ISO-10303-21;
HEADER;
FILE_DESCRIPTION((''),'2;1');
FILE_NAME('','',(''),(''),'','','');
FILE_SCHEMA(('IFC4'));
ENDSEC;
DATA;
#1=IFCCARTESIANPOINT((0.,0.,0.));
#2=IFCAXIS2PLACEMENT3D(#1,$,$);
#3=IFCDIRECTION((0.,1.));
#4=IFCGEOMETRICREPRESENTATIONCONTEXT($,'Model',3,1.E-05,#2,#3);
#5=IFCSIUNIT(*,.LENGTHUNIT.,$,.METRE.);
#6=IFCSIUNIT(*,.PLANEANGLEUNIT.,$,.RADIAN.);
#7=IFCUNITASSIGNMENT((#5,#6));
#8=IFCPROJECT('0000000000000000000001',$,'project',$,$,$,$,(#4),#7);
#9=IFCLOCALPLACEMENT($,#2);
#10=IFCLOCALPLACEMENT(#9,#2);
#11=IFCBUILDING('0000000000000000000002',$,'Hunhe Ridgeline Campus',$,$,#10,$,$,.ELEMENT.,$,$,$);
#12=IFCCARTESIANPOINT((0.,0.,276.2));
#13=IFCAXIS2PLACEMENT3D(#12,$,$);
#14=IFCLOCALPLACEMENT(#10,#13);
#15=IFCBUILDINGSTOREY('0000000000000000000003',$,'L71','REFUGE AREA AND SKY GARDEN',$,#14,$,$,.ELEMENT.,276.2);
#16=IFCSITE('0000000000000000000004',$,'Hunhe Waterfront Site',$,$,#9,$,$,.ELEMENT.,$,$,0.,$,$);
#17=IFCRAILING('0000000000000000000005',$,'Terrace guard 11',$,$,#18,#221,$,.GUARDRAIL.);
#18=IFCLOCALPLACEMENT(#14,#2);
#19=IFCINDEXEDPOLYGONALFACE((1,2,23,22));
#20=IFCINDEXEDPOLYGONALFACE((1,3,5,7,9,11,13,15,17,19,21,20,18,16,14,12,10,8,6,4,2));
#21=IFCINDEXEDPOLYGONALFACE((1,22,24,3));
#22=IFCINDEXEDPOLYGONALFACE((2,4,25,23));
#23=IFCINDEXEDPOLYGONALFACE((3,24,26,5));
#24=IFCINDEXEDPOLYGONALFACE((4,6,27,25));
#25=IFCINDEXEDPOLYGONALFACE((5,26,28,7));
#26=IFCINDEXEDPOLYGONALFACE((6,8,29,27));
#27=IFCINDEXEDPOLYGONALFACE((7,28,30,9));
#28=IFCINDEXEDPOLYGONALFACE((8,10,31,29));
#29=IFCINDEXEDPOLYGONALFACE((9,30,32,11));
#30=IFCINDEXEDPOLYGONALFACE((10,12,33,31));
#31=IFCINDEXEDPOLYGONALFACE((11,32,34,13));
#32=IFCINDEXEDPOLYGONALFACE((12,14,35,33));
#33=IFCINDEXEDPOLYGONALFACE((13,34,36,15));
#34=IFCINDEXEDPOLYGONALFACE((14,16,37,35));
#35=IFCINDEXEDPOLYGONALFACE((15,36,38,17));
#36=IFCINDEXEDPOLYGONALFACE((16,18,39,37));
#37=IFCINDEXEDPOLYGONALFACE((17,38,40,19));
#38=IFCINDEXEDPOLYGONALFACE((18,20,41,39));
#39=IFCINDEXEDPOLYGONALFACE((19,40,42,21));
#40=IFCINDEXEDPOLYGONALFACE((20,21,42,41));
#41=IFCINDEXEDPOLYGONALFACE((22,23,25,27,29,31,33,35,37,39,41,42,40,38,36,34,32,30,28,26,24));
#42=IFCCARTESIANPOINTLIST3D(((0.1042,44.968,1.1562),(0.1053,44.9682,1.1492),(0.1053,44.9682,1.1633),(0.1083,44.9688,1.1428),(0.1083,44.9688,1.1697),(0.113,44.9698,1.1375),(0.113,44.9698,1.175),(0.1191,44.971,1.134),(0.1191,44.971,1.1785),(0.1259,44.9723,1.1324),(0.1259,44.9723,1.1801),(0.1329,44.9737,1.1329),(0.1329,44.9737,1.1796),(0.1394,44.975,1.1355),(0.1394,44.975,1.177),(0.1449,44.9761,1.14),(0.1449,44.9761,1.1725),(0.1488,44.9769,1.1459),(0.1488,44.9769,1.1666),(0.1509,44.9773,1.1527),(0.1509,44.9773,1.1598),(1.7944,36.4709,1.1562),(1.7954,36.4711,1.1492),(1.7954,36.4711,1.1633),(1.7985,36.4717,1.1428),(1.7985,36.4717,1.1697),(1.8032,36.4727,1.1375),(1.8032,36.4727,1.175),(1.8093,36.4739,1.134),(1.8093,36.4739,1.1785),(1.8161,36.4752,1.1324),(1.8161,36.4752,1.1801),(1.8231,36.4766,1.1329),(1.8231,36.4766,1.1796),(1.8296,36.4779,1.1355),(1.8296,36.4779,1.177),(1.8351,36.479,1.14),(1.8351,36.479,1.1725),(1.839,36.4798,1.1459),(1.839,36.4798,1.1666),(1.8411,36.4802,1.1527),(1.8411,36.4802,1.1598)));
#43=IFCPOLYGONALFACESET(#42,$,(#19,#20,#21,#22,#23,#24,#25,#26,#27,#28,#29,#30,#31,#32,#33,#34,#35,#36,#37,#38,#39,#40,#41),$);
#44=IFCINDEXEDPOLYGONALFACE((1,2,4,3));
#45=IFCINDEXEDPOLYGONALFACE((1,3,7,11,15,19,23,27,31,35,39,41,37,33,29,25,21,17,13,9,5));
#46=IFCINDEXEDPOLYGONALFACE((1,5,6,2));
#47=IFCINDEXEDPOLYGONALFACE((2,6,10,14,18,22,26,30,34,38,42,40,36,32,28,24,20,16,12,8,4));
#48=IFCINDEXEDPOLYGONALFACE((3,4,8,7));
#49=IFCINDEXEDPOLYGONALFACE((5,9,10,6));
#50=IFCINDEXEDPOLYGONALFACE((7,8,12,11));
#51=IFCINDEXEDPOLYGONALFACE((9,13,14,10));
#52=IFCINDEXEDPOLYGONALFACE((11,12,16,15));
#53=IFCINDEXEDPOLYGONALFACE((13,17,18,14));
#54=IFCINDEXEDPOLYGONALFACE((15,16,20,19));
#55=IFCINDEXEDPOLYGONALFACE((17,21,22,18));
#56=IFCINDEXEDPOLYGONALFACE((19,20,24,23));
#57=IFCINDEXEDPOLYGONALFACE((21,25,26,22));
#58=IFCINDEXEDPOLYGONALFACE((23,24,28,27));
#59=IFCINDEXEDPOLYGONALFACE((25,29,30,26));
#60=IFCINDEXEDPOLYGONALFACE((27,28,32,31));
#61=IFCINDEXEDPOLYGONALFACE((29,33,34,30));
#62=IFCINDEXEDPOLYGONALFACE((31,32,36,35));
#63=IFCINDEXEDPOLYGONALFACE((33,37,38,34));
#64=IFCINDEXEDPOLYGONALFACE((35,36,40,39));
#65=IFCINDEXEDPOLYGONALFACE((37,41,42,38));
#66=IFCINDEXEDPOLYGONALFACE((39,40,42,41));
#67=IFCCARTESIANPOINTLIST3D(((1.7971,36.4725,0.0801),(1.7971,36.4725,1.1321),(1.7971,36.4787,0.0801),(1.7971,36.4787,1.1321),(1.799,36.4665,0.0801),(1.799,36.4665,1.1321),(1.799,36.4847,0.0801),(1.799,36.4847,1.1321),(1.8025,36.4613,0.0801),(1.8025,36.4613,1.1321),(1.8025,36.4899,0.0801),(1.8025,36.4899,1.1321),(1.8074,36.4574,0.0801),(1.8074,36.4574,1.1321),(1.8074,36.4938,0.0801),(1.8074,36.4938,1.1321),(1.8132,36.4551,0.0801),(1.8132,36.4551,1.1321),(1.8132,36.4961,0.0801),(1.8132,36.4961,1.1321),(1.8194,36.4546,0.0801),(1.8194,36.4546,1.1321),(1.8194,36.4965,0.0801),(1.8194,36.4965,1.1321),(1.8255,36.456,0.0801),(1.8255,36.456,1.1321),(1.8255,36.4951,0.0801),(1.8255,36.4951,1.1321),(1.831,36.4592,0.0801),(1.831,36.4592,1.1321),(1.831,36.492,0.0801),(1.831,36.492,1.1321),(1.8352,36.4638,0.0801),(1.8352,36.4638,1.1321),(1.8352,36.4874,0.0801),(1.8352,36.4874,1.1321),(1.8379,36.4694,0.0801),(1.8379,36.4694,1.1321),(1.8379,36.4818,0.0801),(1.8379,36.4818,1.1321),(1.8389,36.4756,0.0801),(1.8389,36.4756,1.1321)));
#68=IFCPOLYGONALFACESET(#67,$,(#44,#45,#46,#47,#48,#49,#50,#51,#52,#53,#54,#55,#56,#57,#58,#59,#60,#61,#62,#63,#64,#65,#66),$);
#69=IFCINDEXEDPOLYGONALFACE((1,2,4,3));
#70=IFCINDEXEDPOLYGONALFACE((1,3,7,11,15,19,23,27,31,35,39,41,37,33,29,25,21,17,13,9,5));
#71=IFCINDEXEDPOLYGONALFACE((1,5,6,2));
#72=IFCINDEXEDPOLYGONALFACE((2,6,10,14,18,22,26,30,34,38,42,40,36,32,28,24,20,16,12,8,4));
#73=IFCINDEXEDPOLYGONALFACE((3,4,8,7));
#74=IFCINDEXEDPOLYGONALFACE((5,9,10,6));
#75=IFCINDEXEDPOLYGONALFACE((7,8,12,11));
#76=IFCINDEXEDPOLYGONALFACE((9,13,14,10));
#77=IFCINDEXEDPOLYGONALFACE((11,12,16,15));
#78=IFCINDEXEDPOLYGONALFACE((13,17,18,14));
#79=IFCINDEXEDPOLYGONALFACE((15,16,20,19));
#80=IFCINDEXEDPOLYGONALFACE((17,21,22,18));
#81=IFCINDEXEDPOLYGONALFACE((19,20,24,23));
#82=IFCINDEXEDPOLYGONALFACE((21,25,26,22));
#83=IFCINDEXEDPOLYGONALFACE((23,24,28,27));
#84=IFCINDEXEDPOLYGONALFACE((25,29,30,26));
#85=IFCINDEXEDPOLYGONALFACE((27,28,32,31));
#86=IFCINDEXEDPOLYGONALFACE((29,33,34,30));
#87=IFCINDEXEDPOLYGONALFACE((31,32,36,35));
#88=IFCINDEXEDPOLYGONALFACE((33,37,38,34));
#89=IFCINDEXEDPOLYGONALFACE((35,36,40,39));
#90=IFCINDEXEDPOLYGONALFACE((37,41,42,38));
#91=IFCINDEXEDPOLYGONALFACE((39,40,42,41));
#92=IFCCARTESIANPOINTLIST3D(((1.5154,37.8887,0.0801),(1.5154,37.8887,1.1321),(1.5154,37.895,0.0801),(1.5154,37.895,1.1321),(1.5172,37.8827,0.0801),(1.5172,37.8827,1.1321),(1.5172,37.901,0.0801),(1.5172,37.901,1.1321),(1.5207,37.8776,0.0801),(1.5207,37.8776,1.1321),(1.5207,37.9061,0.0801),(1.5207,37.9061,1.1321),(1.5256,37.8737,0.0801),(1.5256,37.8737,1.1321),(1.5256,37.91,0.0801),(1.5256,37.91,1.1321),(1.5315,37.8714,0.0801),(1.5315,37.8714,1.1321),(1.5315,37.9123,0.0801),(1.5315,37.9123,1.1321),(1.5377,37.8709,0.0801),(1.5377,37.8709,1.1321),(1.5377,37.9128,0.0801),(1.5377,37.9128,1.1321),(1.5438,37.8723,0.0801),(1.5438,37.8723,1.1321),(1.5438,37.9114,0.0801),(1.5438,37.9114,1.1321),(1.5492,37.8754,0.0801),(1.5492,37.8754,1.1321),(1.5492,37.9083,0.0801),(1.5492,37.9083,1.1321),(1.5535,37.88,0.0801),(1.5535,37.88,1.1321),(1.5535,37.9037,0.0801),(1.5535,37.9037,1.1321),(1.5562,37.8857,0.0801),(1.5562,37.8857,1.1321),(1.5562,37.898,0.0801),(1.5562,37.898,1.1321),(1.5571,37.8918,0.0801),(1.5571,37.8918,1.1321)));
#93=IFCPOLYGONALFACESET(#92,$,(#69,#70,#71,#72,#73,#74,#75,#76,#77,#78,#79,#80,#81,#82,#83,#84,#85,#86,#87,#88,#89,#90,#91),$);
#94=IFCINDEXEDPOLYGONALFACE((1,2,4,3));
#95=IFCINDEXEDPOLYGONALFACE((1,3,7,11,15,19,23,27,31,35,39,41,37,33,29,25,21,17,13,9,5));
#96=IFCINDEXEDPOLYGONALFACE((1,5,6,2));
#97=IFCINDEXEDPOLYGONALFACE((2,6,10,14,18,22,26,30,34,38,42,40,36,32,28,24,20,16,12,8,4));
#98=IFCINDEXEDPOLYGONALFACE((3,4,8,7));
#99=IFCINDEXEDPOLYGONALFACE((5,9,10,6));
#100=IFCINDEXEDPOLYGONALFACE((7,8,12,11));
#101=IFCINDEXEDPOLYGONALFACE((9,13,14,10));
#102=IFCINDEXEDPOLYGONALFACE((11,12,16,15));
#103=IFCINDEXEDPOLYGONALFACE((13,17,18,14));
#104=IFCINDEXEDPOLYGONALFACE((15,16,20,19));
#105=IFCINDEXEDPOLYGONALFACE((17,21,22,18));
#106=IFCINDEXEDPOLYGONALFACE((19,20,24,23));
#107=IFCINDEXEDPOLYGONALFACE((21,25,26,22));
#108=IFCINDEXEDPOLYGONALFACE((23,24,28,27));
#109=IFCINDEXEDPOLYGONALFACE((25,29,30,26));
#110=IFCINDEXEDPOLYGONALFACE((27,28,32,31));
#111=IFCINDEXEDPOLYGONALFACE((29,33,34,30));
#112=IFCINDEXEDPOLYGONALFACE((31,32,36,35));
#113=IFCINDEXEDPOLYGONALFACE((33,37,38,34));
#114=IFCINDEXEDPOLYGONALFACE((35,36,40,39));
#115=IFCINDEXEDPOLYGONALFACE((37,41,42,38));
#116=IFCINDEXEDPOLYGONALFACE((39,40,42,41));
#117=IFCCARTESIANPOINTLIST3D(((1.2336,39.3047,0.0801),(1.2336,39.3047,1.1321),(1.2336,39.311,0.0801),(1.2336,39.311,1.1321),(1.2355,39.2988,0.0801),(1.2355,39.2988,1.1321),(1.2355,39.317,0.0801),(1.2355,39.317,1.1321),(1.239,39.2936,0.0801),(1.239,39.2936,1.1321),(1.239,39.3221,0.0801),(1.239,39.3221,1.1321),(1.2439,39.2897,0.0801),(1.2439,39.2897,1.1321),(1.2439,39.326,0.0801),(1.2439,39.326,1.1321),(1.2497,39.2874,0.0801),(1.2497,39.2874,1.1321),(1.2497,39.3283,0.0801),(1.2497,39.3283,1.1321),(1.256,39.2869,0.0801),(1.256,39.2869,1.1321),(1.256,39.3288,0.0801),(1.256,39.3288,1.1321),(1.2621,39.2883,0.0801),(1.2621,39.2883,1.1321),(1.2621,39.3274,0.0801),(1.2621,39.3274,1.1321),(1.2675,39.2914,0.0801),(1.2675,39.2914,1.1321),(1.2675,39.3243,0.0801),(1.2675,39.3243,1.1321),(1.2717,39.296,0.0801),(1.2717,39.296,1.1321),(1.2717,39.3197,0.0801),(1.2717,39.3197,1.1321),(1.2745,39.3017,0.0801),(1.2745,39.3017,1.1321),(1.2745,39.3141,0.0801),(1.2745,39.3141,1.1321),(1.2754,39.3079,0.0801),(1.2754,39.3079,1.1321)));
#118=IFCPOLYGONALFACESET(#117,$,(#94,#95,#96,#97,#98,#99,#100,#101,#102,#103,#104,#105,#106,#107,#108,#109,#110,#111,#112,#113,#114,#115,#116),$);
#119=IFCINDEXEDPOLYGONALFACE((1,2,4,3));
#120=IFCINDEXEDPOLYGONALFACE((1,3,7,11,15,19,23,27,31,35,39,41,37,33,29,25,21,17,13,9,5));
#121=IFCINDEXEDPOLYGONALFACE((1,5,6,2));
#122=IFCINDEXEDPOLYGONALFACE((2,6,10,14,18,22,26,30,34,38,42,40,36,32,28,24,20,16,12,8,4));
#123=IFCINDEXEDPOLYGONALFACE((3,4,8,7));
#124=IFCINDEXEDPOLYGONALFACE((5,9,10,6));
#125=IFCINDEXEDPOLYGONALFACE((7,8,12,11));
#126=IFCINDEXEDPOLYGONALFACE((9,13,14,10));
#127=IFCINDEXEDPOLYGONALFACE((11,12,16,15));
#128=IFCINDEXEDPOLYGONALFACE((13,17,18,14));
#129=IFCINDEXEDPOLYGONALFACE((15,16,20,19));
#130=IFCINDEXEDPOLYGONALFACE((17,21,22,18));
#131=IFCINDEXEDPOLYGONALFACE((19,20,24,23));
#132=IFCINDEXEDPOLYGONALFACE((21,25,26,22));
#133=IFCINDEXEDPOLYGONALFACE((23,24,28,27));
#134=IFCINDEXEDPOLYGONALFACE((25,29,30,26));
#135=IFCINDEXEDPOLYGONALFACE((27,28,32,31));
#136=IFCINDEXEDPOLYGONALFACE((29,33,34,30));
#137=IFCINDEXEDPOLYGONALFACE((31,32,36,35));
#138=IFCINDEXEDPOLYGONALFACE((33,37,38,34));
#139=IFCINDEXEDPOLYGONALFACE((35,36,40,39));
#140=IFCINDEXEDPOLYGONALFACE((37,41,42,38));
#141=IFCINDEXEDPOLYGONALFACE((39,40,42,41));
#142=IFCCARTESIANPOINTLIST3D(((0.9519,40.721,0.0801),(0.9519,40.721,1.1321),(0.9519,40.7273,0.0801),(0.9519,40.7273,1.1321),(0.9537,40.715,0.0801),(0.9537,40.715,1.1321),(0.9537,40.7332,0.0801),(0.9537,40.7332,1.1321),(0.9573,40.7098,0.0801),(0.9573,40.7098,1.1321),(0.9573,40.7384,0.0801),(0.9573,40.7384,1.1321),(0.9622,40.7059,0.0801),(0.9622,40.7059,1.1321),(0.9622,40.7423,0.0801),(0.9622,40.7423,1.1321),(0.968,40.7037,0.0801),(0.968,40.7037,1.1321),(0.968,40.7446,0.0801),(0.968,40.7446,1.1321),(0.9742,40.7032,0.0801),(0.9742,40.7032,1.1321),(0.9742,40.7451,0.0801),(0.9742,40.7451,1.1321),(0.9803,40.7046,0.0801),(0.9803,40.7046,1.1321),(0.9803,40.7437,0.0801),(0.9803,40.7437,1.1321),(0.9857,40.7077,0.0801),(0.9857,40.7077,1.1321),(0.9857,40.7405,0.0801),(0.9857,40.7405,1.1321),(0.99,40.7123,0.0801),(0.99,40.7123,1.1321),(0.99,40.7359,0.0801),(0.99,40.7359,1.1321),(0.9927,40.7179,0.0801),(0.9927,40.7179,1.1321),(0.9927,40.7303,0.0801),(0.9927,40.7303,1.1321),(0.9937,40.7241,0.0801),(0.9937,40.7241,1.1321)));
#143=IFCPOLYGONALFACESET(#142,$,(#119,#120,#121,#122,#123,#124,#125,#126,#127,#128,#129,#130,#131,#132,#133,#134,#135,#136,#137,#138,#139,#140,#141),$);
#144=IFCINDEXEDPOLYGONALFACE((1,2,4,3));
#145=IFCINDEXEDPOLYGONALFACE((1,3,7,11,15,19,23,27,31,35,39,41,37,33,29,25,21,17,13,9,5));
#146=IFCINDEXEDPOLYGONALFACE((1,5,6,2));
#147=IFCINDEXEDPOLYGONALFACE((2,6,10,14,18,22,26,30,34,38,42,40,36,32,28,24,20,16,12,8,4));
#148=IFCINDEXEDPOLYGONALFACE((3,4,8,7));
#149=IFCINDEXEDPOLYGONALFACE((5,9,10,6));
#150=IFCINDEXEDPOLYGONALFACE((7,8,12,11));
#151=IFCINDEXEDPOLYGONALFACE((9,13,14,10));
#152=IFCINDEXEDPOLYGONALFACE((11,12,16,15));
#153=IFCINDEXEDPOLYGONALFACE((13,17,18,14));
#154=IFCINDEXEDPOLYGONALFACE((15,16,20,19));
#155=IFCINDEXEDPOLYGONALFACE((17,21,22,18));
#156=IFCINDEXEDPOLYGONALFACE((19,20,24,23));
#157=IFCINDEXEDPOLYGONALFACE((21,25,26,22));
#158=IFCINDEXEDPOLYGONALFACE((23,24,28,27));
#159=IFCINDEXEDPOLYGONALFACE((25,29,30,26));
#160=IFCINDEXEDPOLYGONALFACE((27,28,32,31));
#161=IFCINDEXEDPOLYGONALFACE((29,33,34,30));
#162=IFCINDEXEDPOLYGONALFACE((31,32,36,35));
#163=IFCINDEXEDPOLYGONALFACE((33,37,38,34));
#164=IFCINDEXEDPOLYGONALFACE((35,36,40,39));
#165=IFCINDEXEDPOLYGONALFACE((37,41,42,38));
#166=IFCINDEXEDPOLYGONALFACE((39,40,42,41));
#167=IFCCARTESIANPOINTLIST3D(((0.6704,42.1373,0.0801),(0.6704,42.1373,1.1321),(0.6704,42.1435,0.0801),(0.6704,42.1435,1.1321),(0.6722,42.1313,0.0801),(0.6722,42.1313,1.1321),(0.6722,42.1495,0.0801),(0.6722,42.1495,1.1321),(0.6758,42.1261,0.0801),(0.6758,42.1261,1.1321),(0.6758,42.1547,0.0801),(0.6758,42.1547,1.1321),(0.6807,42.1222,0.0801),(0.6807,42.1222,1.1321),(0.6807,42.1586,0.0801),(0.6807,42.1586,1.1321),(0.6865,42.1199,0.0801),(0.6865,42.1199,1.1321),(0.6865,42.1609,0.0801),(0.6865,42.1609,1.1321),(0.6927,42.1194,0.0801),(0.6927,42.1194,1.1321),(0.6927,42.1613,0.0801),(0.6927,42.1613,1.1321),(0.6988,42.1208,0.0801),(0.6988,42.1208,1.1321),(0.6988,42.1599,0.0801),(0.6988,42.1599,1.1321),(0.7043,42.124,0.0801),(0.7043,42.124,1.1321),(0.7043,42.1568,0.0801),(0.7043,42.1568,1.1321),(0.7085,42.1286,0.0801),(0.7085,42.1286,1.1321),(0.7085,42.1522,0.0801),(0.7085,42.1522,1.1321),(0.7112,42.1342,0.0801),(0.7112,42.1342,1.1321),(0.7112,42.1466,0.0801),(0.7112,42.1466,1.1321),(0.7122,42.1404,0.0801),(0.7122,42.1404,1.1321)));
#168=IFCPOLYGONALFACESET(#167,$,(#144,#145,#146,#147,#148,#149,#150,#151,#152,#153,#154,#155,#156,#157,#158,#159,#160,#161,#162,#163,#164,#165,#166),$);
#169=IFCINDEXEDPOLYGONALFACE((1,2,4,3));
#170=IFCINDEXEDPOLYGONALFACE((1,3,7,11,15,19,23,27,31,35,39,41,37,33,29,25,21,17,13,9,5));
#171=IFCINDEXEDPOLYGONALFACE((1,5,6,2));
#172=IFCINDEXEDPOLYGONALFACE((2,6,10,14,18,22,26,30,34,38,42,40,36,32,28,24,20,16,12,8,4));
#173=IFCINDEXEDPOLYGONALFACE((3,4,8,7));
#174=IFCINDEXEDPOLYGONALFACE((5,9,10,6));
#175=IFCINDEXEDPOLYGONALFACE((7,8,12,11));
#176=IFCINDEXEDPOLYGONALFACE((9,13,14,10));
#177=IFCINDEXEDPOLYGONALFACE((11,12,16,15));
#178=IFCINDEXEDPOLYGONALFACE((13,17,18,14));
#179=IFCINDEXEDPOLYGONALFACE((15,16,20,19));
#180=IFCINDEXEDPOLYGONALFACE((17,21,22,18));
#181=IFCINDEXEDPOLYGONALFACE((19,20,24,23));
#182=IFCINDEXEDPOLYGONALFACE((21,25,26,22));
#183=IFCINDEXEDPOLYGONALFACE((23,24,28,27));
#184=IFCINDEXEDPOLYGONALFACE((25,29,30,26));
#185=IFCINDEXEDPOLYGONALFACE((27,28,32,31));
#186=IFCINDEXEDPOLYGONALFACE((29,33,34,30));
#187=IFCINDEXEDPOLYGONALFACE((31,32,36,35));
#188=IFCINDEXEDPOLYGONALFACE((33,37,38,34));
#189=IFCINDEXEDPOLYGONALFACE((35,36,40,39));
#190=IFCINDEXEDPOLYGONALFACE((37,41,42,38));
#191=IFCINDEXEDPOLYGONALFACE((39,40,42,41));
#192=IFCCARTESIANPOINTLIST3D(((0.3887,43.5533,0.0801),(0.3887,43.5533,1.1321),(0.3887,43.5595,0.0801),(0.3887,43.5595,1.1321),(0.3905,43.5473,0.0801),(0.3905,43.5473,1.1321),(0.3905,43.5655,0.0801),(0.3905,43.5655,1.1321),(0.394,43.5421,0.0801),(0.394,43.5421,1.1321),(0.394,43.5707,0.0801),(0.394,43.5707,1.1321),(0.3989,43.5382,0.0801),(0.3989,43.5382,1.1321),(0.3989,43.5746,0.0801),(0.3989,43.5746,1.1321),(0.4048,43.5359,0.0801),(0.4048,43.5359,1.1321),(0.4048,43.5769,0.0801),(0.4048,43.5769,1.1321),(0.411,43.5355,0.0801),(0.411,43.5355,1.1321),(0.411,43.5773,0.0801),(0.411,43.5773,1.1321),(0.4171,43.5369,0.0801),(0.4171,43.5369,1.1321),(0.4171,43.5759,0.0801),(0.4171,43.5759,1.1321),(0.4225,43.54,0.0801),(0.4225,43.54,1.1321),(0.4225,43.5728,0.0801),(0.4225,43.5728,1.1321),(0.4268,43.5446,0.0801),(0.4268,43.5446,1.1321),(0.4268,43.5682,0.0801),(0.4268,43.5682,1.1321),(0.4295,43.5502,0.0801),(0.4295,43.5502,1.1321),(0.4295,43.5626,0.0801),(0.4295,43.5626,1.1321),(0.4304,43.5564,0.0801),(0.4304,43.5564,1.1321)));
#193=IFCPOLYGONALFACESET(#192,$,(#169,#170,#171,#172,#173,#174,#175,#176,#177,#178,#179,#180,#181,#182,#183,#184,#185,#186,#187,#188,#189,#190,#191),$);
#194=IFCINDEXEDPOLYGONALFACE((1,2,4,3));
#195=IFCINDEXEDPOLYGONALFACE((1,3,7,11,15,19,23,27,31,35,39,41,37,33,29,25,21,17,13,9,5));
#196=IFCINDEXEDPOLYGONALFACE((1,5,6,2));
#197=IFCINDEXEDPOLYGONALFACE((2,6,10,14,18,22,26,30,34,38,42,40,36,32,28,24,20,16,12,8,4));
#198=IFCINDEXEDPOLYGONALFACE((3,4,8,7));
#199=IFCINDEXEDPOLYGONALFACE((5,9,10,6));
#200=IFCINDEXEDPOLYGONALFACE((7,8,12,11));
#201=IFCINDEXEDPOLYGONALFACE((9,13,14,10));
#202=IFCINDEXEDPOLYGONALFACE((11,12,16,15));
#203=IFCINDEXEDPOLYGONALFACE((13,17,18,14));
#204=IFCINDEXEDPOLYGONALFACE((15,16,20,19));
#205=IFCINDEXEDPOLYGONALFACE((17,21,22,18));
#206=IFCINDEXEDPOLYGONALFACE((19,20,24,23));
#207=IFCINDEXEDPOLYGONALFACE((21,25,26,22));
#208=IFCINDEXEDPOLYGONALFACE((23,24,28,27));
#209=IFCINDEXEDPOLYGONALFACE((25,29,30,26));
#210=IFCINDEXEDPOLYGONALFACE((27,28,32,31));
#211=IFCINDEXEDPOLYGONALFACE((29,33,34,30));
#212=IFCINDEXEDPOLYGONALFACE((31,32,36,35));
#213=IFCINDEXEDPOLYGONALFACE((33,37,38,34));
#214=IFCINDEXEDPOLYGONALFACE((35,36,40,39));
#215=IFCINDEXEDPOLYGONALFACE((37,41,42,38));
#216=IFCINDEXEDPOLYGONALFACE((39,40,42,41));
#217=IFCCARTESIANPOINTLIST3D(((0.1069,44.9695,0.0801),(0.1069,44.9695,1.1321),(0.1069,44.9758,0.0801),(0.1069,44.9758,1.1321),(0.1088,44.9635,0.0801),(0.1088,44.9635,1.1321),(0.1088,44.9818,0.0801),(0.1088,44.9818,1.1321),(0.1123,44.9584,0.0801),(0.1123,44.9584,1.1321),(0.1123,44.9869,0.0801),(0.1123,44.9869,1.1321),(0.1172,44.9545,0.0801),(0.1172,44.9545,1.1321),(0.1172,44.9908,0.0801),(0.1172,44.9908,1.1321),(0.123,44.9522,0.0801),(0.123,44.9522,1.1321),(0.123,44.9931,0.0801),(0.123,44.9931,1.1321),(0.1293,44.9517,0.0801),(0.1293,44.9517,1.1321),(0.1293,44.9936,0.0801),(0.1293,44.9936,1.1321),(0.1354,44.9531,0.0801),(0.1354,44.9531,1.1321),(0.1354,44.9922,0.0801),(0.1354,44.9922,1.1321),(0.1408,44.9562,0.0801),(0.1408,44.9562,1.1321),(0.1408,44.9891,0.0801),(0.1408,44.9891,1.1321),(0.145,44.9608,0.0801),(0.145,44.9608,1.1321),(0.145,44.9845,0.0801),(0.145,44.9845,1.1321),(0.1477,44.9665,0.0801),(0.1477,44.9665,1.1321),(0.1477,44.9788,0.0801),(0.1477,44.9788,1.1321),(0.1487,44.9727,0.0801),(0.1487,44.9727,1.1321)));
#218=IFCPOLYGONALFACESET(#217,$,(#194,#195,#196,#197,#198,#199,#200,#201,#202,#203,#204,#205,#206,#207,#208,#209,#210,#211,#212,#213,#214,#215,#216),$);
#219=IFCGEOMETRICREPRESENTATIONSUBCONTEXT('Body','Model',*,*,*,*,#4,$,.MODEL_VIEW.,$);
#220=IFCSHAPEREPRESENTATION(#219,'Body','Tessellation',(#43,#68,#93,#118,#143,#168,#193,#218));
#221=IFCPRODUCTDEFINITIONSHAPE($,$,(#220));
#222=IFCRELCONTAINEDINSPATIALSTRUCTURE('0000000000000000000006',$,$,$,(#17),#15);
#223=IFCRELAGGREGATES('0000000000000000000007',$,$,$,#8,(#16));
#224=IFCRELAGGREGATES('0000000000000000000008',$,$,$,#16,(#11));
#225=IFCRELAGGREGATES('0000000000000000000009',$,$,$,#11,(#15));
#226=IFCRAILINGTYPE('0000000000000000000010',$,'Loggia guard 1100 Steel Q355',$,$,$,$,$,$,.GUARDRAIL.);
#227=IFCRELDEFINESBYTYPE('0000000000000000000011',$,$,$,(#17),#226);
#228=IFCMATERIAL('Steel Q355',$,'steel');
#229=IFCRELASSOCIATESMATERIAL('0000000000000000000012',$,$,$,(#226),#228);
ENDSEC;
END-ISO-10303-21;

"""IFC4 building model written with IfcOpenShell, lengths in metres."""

from ifc_helpers import new_model, si_unit, direction, frame, origin, origin_2d, place, context, subcontext, project, spatial, circle, extrude, material, type_object, element, save


model = new_model("IFC4")

# Units and contexts
model_context = context("Model", 3, precision=1e-05, world=origin(), true_north=direction((0.0, 1.0)))
body_context = subcontext(model_context, "Body", "Model", "MODEL_VIEW")
ifc_project = project(units=[si_unit("LENGTHUNIT", "METRE"), si_unit("PLANEANGLEUNIT", "RADIAN")], contexts=[model_context])

# Site, building, storey
site_placement = place(None, origin())
site = spatial("IfcSite", under=ifc_project, at=site_placement, Name="Hunhe Waterfront Site", CompositionType="ELEMENT", RefElevation=0.0)
building_placement = place(site_placement, origin())
building = spatial("IfcBuilding", under=site, at=building_placement, Name="Hunhe Ridgeline Campus", CompositionType="ELEMENT")
storey_placement = place(building_placement, frame((0.0, 0.0, 276.2)))
storey = spatial("IfcBuildingStorey", under=building, at=storey_placement, Name="L71", Description="REFUGE AREA AND SKY GARDEN", CompositionType="ELEMENT", Elevation=276.2)

# Railing
ifc_material_1 = material(Name="Steel Q355", Category="steel")
railing_type = type_object("IfcRailingType", Name="Loggia guard 1100 Steel Q355", PredefinedType="GUARDRAIL", material=ifc_material_1)
railing_1_placement = place(storey_placement, frame((1.8179, 36.4756, 0.0801)))
element("IfcRailing", 1, at=railing_1_placement, inside=storey, type_object=railing_type, Name="Terrace guard 11", PredefinedType="GUARDRAIL", context=body_context, shape_type="SweptSolid", body=[
    extrude(circle(Radius=0.0239, at=origin_2d()), frame((0.0, 0.0, 1.0762), z_axis=(-0.195092, 0.980785, 0.0), x_axis=(-0.980785, -0.195092, 0.0)), (0.0, 0.0, 1.0), 8.6636),
    extrude(circle(Radius=0.021, at=origin_2d()), origin(), (0.0, 0.0, 1.0), 1.052),
    extrude(circle(Radius=0.021, at=origin_2d()), frame((-0.2817, 1.4163, 0.0)), (0.0, 0.0, 1.0), 1.052),
    extrude(circle(Radius=0.021, at=origin_2d()), frame((-0.5635, 2.8323, 0.0)), (0.0, 0.0, 1.0), 1.052),
    extrude(circle(Radius=0.021, at=origin_2d()), frame((-0.8452, 4.2485, 0.0)), (0.0, 0.0, 1.0), 1.052),
    extrude(circle(Radius=0.021, at=origin_2d()), frame((-1.1267, 5.6648, 0.0)), (0.0, 0.0, 1.0), 1.052),
    extrude(circle(Radius=0.021, at=origin_2d()), frame((-1.4084, 7.0808, 0.0)), (0.0, 0.0, 1.0), 1.052),
    extrude(circle(Radius=0.021, at=origin_2d()), frame((-1.6902, 8.4971, 0.0)), (0.0, 0.0, 1.0), 1.052),
])

save(model, "model.ifc")
